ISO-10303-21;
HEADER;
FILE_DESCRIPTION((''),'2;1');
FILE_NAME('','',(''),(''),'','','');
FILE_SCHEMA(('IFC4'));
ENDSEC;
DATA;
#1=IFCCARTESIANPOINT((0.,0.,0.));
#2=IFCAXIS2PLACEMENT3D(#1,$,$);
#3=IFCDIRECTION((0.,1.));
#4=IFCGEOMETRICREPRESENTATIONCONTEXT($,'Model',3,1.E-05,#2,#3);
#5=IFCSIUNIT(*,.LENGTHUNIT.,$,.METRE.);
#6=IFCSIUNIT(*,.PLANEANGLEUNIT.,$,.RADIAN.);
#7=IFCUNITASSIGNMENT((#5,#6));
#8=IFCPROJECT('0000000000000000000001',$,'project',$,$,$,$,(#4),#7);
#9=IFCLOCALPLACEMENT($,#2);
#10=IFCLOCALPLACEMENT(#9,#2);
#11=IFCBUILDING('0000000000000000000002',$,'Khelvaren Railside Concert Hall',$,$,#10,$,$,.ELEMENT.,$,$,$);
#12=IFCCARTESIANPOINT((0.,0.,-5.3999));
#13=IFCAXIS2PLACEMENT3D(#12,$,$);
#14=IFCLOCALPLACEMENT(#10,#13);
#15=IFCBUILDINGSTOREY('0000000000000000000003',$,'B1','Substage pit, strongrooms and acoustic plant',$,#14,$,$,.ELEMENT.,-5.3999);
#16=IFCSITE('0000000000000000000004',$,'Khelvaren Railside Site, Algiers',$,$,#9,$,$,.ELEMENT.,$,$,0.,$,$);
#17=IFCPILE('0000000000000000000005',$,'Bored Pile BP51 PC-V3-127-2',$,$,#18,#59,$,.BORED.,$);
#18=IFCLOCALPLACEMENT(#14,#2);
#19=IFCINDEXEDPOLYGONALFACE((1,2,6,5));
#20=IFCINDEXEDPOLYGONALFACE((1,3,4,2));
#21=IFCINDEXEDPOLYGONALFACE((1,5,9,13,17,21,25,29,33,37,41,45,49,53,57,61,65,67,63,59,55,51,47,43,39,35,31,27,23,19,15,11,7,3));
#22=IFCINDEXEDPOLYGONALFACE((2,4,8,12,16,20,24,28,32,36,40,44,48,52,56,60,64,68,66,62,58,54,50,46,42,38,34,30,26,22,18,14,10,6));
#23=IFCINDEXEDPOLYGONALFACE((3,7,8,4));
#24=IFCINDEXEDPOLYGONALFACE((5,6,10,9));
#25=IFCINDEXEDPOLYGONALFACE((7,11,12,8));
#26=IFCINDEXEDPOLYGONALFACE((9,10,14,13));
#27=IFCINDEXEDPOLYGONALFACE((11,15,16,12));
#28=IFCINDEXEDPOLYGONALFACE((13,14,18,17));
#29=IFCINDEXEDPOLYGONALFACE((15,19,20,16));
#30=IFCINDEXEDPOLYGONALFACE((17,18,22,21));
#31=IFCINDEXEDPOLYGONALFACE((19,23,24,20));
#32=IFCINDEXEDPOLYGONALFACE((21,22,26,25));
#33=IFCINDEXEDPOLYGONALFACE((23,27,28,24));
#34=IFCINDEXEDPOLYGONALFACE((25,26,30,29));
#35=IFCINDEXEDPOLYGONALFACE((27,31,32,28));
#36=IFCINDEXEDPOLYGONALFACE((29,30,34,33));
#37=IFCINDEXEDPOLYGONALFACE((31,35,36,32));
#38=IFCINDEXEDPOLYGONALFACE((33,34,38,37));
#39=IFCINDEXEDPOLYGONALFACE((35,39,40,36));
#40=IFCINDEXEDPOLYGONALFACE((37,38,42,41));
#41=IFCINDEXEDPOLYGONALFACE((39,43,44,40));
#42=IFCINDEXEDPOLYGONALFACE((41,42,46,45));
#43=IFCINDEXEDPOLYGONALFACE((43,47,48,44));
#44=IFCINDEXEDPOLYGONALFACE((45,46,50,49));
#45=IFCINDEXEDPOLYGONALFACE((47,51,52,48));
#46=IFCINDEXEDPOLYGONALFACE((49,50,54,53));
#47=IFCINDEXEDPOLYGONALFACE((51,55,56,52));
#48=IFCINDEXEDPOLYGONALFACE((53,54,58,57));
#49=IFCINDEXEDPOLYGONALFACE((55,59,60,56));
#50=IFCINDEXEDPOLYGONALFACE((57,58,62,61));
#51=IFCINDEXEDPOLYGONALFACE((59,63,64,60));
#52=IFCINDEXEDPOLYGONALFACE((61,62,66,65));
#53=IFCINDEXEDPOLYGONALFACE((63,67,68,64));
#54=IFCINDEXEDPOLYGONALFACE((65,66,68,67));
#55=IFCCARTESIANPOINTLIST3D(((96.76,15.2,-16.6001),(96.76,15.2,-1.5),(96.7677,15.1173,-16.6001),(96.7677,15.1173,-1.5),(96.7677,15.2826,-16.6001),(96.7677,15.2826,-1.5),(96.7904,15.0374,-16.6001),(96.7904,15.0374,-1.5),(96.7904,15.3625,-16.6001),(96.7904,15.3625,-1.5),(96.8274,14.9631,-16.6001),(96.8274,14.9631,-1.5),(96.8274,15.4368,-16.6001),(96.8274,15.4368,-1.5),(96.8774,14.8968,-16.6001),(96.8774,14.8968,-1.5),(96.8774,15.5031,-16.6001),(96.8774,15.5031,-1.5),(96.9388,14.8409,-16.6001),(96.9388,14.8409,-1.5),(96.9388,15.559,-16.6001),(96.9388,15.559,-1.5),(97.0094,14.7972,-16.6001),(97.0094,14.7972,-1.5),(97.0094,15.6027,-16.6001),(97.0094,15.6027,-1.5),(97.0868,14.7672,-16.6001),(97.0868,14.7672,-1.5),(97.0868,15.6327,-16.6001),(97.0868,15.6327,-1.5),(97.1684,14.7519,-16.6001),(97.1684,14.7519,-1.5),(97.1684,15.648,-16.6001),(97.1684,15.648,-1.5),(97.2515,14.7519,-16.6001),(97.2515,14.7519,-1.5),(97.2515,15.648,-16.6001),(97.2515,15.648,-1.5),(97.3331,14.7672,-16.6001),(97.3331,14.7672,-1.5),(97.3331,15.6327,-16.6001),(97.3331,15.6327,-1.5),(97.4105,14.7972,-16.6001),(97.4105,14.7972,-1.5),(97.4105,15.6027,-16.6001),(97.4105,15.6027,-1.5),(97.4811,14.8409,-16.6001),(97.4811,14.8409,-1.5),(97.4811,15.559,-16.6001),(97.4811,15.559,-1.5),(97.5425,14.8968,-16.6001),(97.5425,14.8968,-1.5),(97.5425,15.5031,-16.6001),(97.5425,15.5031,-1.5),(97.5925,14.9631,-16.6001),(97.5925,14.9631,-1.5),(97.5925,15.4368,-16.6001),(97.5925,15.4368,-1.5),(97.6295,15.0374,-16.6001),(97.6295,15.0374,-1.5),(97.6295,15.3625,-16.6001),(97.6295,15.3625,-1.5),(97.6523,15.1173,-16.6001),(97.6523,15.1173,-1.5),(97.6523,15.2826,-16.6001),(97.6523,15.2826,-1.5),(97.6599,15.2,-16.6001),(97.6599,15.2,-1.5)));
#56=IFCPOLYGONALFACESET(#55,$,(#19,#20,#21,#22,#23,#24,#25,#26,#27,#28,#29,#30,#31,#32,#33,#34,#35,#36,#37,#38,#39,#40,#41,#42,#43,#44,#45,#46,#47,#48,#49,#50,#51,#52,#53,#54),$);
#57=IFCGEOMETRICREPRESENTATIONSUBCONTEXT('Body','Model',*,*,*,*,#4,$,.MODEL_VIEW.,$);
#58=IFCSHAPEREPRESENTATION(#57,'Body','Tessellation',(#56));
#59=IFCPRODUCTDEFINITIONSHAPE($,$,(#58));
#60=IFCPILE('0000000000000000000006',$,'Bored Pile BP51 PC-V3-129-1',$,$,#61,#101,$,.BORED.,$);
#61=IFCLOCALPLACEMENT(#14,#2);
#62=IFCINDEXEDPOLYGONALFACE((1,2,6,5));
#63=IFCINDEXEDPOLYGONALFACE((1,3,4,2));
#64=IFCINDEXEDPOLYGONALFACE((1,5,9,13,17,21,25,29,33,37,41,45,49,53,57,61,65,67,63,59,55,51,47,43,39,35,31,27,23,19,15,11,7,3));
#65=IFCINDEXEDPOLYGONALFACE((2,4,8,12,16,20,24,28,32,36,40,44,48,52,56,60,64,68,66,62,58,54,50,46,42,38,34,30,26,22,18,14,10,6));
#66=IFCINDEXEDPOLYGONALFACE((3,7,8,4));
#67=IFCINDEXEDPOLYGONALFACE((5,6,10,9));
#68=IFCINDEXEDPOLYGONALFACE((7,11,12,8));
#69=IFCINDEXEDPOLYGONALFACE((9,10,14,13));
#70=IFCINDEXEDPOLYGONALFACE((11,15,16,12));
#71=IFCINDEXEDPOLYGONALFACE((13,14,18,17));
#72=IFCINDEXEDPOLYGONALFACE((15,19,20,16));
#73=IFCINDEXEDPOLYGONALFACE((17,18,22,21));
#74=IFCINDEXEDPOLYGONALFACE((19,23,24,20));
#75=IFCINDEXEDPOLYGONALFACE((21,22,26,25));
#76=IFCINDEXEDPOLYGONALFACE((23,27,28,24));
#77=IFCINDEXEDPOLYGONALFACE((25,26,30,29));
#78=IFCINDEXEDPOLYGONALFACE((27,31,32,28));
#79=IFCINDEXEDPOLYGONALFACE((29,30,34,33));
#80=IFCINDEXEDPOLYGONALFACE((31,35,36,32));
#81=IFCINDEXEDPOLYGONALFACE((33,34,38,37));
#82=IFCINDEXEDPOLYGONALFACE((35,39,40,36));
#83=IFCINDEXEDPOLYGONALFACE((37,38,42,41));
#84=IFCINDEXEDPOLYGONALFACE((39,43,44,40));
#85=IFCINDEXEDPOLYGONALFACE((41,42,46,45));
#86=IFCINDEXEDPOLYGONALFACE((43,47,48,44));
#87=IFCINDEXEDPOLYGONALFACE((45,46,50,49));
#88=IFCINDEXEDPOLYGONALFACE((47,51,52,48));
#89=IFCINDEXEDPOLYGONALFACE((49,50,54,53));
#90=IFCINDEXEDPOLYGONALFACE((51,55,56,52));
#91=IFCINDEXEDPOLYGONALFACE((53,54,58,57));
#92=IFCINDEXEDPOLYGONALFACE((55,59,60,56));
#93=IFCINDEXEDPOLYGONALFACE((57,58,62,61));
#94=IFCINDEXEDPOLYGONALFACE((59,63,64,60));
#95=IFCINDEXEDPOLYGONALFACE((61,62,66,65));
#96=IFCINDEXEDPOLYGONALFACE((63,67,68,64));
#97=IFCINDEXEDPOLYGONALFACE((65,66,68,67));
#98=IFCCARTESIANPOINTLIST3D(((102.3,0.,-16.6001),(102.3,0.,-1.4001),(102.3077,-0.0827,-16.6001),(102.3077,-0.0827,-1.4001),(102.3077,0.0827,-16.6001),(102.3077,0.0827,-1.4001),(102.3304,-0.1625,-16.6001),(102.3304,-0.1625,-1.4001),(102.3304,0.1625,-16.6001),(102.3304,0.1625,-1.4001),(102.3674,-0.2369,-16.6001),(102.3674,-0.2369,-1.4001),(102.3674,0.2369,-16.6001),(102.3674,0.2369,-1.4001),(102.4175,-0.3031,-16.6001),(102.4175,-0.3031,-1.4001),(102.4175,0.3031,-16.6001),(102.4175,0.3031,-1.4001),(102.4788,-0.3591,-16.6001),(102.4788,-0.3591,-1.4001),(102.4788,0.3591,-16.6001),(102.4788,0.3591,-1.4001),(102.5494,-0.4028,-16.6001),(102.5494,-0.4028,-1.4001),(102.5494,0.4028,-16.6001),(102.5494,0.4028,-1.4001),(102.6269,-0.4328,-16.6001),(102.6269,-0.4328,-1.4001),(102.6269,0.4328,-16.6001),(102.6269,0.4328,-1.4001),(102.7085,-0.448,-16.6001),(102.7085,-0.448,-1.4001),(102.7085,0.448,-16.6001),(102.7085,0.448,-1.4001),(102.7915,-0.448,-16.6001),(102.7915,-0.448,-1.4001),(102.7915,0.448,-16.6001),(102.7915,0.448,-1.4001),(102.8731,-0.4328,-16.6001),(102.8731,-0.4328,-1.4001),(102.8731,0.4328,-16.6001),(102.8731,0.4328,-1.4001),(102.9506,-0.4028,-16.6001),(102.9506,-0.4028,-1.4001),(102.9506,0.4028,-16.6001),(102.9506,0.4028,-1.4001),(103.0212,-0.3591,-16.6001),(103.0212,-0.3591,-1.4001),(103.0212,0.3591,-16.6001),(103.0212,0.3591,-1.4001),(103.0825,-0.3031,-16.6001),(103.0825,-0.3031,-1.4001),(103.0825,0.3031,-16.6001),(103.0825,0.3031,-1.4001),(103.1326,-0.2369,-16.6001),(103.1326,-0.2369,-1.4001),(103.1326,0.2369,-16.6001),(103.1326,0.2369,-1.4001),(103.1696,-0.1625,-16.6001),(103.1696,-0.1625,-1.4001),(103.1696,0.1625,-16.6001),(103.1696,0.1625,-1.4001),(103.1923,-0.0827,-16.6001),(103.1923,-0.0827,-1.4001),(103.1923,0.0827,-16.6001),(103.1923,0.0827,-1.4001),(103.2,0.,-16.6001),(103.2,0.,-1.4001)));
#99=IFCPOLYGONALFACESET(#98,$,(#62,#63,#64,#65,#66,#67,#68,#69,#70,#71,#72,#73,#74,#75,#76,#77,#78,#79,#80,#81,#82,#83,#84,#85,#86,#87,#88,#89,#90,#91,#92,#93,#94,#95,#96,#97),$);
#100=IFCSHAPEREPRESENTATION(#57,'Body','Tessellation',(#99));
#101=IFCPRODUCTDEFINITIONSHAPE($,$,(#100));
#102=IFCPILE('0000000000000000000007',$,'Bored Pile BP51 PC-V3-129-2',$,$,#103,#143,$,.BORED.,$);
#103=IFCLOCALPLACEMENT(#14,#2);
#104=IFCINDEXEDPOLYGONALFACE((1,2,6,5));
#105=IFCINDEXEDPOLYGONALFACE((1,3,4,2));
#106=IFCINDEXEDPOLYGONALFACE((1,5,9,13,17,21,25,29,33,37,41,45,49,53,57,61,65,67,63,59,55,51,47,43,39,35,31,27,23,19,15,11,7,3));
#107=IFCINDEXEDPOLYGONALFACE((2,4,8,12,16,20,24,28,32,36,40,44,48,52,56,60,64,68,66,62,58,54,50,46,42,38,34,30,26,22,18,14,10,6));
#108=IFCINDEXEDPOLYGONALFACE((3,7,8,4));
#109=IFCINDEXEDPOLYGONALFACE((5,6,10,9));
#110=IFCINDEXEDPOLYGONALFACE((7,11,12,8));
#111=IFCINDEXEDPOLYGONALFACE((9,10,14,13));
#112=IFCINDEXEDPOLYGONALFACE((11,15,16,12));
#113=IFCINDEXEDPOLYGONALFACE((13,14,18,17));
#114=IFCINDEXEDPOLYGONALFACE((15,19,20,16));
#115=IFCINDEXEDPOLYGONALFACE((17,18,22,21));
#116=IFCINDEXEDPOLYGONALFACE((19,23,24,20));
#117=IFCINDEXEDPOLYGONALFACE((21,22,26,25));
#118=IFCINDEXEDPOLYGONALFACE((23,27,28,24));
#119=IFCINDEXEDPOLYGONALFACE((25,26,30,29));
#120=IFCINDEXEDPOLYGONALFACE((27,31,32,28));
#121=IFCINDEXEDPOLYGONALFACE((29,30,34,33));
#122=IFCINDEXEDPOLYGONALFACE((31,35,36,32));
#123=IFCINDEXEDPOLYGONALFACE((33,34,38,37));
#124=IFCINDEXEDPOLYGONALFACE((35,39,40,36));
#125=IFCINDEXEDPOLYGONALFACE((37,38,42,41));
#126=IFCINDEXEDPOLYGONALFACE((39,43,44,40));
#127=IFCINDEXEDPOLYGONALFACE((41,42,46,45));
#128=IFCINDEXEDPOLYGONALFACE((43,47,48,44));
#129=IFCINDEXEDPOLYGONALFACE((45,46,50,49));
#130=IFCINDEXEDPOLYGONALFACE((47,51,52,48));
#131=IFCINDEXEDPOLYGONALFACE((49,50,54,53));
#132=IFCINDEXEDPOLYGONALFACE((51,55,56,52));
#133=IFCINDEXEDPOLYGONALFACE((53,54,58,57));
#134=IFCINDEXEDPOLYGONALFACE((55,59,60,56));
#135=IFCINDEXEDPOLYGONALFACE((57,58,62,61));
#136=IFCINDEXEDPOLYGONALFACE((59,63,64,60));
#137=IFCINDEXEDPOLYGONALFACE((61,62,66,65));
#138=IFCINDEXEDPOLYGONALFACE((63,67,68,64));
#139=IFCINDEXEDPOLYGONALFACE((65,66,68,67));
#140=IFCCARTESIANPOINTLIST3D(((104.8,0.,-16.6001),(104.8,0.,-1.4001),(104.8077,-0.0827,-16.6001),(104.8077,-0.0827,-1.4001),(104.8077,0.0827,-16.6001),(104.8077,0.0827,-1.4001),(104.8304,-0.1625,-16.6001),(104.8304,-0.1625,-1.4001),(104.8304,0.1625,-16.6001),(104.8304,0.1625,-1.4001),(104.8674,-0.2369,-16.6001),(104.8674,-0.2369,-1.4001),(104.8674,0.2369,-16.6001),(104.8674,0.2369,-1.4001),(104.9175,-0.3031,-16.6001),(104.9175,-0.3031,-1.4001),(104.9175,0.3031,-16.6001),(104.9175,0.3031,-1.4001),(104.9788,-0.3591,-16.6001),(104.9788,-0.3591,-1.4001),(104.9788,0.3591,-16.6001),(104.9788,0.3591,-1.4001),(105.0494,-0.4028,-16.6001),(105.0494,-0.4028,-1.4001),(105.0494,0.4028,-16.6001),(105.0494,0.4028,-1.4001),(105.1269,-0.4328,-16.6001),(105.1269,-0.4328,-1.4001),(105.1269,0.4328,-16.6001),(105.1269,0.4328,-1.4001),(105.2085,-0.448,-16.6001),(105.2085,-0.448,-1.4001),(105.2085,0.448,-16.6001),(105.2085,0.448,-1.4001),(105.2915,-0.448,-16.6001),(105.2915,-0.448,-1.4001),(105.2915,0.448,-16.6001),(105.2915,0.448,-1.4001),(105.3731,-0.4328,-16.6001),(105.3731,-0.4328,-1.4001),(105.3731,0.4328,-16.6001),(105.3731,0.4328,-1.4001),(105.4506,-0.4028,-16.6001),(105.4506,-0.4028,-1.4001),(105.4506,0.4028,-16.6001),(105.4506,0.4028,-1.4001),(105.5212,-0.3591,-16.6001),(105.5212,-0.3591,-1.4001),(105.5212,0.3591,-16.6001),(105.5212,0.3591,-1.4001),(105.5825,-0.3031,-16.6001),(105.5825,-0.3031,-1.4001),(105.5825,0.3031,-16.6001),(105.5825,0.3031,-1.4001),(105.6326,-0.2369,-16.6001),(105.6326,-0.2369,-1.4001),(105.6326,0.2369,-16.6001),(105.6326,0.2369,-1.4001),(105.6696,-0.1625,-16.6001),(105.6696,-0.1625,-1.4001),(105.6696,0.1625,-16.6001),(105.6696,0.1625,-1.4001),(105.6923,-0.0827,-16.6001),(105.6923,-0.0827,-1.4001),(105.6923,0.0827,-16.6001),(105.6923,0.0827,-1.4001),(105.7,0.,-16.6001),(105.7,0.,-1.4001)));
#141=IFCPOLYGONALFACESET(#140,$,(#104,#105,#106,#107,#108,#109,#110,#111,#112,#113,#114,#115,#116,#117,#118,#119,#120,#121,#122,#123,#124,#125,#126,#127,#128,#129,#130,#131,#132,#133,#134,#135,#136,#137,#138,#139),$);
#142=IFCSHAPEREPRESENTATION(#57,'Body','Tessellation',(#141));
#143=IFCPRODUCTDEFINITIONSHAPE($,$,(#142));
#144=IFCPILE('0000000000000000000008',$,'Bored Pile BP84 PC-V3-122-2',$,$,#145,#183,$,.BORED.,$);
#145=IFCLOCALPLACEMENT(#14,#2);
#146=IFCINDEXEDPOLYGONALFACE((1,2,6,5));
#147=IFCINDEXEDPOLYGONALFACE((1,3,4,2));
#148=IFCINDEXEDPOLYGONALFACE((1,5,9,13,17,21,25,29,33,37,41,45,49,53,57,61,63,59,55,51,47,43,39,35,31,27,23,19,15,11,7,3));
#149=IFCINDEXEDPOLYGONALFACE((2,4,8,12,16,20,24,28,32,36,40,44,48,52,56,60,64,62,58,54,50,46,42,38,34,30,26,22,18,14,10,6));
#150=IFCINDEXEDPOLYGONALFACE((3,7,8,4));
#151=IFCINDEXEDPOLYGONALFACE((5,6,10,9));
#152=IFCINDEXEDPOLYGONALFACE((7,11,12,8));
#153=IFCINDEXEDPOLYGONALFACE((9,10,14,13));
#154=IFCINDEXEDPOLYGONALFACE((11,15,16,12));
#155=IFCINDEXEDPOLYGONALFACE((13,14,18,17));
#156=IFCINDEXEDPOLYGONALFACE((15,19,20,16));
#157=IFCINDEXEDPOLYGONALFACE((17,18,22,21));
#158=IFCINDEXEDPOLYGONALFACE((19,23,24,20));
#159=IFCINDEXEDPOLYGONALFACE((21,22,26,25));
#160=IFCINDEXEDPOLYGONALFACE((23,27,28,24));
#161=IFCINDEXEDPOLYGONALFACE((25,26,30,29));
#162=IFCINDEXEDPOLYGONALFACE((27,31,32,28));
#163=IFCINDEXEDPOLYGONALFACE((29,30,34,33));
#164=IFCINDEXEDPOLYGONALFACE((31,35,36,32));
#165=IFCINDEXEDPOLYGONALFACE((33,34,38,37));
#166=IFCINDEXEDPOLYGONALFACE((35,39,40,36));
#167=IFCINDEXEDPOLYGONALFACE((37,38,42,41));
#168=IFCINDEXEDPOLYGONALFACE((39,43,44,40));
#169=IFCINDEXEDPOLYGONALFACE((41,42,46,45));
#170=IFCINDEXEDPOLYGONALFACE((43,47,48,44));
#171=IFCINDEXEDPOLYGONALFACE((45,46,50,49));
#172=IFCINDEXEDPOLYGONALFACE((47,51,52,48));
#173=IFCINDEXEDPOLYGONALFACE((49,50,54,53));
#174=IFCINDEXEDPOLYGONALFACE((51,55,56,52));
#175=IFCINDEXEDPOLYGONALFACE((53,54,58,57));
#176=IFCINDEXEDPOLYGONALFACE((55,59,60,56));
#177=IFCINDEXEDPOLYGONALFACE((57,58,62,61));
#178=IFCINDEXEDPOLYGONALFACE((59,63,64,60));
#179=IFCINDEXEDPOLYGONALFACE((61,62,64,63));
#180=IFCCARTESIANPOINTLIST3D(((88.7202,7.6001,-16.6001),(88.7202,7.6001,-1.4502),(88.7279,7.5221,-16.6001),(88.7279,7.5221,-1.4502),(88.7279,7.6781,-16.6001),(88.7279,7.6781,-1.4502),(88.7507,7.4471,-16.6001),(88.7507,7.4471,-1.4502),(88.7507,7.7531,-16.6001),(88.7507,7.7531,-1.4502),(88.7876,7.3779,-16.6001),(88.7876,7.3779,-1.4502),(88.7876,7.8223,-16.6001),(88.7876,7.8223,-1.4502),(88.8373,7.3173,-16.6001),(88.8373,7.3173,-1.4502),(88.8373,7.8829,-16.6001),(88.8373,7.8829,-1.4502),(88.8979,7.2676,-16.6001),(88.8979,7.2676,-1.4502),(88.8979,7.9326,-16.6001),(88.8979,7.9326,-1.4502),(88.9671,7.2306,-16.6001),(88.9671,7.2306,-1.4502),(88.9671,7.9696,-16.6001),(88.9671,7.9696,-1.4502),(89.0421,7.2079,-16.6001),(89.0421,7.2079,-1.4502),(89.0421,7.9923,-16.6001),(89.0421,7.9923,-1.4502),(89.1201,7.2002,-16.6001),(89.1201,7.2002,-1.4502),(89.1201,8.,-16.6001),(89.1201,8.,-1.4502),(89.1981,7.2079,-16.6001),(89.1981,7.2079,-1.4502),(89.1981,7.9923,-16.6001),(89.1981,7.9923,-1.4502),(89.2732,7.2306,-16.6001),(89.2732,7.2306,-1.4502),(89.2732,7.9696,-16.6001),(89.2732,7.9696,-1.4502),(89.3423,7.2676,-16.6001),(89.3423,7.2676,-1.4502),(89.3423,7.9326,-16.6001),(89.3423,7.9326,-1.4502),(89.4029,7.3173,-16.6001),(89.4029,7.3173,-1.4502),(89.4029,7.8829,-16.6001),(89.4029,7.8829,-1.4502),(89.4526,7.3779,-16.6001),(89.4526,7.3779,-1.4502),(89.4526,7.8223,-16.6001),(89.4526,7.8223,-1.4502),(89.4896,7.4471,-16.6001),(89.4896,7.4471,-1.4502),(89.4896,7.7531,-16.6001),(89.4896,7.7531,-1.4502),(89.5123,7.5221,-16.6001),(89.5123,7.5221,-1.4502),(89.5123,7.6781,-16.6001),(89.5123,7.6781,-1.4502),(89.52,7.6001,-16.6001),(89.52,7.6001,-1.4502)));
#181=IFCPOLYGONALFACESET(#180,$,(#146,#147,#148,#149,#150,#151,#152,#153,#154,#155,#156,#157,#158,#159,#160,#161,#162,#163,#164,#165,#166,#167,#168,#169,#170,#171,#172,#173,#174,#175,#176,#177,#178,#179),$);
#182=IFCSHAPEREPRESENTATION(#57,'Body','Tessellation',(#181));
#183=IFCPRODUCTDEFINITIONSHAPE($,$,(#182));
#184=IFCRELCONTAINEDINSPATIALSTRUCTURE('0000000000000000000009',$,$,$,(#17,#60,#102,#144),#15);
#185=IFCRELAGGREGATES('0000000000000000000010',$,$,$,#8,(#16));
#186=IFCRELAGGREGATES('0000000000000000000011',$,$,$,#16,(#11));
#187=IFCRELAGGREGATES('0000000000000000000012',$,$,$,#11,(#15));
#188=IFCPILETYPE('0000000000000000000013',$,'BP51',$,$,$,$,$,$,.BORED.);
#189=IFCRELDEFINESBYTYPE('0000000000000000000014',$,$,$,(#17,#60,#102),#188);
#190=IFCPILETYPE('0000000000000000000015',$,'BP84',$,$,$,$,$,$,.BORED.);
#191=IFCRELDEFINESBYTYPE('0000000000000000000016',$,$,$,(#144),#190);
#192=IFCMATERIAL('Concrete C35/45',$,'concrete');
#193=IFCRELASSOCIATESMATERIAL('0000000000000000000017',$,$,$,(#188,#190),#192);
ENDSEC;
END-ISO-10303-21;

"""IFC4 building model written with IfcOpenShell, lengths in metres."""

from ifc_helpers import new_model, si_unit, direction, frame, origin, origin_2d, place, context, subcontext, project, spatial, circle, extrude, material, material_profile, profile_set, type_object, element, save


model = new_model("IFC4")

# Units and contexts
model_context = context("Model", 3, precision=1e-05, world=origin(), true_north=direction((0.0, 1.0)))
body_context = subcontext(model_context, "Body", "Model", "MODEL_VIEW")
ifc_project = project(units=[si_unit("LENGTHUNIT", "METRE"), si_unit("PLANEANGLEUNIT", "RADIAN")], contexts=[model_context])

# Site, building, storey
site_placement = place(None, origin())
site = spatial("IfcSite", under=ifc_project, at=site_placement, Name="Khelvaren Railside Site, Algiers", CompositionType="ELEMENT", RefElevation=0.0)
building_placement = place(site_placement, origin())
building = spatial("IfcBuilding", under=site, at=building_placement, Name="Khelvaren Railside Concert Hall", CompositionType="ELEMENT")
storey_placement = place(building_placement, frame((0.0, 0.0, -5.3999)))
storey = spatial("IfcBuildingStorey", under=building, at=storey_placement, Name="B1", Description="Substage pit, strongrooms and acoustic plant", CompositionType="ELEMENT", Elevation=-5.3999)

# Piles
ifc_material_1 = material(Name="Concrete C35/45", Category="concrete")
ifc_material_profile_1 = material_profile(ifc_material_1, circle(Radius=0.45, at=origin_2d()), Name="BP D900")
ifc_profile_set_1 = profile_set([ifc_material_profile_1], Name="Concrete C35/45")
pile_type_1 = type_object("IfcPileType", Name="BP51", PredefinedType="BORED", material=ifc_profile_set_1)
for number, where, z_axis, x_axis, name in (
    (1, (97.21, 15.2, -1.5), (0.0, 0.0, -1.0), (1.0, 0.0, 0.0), "Bored Pile BP51 PC-V3-127-2"),
):
    element("IfcPile", number, at=place(storey_placement, frame(where, z_axis=z_axis, x_axis=x_axis)), inside=storey, type_object=pile_type_1, Name=name, PredefinedType="BORED", context=body_context, shape_type="SweptSolid", body=[
        extrude(circle(Radius=0.45, at=origin_2d()), origin(), (0.0, 0.0, 1.0), 15.1001),
    ])
for number, where, z_axis, x_axis, name in (
    (2, (102.75, 0.0, -1.4001), (0.0, 0.0, -1.0), (1.0, 0.0, 0.0), "Bored Pile BP51 PC-V3-129-1"),
    (3, (105.25, 0.0, -1.4001), (0.0, 0.0, -1.0), (1.0, 0.0, 0.0), "Bored Pile BP51 PC-V3-129-2"),
):
    element("IfcPile", number, at=place(storey_placement, frame(where, z_axis=z_axis, x_axis=x_axis)), inside=storey, type_object=pile_type_1, Name=name, PredefinedType="BORED", context=body_context, shape_type="SweptSolid", body=[
        extrude(circle(Radius=0.45, at=origin_2d()), origin(), (0.0, 0.0, 1.0), 15.2),
    ])
ifc_material_profile_2 = material_profile(ifc_material_1, circle(Radius=0.3999, at=origin_2d()), Name="BP D800")
ifc_profile_set_2 = profile_set([ifc_material_profile_2], Name="Concrete C35/45")
pile_type_2 = type_object("IfcPileType", Name="BP84", PredefinedType="BORED", material=ifc_profile_set_2)
pile_1_placement = place(storey_placement, frame((89.1201, 7.6001, -1.4502), z_axis=(0.0, 0.0, -1.0), x_axis=(1.0, 0.0, 0.0)))
element("IfcPile", 4, at=pile_1_placement, inside=storey, type_object=pile_type_2, Name="Bored Pile BP84 PC-V3-122-2", PredefinedType="BORED", context=body_context, shape_type="SweptSolid", body=[
    extrude(circle(Radius=0.3999, at=origin_2d()), origin(), (0.0, 0.0, 1.0), 15.1499),
])

save(model, "model.ifc")
